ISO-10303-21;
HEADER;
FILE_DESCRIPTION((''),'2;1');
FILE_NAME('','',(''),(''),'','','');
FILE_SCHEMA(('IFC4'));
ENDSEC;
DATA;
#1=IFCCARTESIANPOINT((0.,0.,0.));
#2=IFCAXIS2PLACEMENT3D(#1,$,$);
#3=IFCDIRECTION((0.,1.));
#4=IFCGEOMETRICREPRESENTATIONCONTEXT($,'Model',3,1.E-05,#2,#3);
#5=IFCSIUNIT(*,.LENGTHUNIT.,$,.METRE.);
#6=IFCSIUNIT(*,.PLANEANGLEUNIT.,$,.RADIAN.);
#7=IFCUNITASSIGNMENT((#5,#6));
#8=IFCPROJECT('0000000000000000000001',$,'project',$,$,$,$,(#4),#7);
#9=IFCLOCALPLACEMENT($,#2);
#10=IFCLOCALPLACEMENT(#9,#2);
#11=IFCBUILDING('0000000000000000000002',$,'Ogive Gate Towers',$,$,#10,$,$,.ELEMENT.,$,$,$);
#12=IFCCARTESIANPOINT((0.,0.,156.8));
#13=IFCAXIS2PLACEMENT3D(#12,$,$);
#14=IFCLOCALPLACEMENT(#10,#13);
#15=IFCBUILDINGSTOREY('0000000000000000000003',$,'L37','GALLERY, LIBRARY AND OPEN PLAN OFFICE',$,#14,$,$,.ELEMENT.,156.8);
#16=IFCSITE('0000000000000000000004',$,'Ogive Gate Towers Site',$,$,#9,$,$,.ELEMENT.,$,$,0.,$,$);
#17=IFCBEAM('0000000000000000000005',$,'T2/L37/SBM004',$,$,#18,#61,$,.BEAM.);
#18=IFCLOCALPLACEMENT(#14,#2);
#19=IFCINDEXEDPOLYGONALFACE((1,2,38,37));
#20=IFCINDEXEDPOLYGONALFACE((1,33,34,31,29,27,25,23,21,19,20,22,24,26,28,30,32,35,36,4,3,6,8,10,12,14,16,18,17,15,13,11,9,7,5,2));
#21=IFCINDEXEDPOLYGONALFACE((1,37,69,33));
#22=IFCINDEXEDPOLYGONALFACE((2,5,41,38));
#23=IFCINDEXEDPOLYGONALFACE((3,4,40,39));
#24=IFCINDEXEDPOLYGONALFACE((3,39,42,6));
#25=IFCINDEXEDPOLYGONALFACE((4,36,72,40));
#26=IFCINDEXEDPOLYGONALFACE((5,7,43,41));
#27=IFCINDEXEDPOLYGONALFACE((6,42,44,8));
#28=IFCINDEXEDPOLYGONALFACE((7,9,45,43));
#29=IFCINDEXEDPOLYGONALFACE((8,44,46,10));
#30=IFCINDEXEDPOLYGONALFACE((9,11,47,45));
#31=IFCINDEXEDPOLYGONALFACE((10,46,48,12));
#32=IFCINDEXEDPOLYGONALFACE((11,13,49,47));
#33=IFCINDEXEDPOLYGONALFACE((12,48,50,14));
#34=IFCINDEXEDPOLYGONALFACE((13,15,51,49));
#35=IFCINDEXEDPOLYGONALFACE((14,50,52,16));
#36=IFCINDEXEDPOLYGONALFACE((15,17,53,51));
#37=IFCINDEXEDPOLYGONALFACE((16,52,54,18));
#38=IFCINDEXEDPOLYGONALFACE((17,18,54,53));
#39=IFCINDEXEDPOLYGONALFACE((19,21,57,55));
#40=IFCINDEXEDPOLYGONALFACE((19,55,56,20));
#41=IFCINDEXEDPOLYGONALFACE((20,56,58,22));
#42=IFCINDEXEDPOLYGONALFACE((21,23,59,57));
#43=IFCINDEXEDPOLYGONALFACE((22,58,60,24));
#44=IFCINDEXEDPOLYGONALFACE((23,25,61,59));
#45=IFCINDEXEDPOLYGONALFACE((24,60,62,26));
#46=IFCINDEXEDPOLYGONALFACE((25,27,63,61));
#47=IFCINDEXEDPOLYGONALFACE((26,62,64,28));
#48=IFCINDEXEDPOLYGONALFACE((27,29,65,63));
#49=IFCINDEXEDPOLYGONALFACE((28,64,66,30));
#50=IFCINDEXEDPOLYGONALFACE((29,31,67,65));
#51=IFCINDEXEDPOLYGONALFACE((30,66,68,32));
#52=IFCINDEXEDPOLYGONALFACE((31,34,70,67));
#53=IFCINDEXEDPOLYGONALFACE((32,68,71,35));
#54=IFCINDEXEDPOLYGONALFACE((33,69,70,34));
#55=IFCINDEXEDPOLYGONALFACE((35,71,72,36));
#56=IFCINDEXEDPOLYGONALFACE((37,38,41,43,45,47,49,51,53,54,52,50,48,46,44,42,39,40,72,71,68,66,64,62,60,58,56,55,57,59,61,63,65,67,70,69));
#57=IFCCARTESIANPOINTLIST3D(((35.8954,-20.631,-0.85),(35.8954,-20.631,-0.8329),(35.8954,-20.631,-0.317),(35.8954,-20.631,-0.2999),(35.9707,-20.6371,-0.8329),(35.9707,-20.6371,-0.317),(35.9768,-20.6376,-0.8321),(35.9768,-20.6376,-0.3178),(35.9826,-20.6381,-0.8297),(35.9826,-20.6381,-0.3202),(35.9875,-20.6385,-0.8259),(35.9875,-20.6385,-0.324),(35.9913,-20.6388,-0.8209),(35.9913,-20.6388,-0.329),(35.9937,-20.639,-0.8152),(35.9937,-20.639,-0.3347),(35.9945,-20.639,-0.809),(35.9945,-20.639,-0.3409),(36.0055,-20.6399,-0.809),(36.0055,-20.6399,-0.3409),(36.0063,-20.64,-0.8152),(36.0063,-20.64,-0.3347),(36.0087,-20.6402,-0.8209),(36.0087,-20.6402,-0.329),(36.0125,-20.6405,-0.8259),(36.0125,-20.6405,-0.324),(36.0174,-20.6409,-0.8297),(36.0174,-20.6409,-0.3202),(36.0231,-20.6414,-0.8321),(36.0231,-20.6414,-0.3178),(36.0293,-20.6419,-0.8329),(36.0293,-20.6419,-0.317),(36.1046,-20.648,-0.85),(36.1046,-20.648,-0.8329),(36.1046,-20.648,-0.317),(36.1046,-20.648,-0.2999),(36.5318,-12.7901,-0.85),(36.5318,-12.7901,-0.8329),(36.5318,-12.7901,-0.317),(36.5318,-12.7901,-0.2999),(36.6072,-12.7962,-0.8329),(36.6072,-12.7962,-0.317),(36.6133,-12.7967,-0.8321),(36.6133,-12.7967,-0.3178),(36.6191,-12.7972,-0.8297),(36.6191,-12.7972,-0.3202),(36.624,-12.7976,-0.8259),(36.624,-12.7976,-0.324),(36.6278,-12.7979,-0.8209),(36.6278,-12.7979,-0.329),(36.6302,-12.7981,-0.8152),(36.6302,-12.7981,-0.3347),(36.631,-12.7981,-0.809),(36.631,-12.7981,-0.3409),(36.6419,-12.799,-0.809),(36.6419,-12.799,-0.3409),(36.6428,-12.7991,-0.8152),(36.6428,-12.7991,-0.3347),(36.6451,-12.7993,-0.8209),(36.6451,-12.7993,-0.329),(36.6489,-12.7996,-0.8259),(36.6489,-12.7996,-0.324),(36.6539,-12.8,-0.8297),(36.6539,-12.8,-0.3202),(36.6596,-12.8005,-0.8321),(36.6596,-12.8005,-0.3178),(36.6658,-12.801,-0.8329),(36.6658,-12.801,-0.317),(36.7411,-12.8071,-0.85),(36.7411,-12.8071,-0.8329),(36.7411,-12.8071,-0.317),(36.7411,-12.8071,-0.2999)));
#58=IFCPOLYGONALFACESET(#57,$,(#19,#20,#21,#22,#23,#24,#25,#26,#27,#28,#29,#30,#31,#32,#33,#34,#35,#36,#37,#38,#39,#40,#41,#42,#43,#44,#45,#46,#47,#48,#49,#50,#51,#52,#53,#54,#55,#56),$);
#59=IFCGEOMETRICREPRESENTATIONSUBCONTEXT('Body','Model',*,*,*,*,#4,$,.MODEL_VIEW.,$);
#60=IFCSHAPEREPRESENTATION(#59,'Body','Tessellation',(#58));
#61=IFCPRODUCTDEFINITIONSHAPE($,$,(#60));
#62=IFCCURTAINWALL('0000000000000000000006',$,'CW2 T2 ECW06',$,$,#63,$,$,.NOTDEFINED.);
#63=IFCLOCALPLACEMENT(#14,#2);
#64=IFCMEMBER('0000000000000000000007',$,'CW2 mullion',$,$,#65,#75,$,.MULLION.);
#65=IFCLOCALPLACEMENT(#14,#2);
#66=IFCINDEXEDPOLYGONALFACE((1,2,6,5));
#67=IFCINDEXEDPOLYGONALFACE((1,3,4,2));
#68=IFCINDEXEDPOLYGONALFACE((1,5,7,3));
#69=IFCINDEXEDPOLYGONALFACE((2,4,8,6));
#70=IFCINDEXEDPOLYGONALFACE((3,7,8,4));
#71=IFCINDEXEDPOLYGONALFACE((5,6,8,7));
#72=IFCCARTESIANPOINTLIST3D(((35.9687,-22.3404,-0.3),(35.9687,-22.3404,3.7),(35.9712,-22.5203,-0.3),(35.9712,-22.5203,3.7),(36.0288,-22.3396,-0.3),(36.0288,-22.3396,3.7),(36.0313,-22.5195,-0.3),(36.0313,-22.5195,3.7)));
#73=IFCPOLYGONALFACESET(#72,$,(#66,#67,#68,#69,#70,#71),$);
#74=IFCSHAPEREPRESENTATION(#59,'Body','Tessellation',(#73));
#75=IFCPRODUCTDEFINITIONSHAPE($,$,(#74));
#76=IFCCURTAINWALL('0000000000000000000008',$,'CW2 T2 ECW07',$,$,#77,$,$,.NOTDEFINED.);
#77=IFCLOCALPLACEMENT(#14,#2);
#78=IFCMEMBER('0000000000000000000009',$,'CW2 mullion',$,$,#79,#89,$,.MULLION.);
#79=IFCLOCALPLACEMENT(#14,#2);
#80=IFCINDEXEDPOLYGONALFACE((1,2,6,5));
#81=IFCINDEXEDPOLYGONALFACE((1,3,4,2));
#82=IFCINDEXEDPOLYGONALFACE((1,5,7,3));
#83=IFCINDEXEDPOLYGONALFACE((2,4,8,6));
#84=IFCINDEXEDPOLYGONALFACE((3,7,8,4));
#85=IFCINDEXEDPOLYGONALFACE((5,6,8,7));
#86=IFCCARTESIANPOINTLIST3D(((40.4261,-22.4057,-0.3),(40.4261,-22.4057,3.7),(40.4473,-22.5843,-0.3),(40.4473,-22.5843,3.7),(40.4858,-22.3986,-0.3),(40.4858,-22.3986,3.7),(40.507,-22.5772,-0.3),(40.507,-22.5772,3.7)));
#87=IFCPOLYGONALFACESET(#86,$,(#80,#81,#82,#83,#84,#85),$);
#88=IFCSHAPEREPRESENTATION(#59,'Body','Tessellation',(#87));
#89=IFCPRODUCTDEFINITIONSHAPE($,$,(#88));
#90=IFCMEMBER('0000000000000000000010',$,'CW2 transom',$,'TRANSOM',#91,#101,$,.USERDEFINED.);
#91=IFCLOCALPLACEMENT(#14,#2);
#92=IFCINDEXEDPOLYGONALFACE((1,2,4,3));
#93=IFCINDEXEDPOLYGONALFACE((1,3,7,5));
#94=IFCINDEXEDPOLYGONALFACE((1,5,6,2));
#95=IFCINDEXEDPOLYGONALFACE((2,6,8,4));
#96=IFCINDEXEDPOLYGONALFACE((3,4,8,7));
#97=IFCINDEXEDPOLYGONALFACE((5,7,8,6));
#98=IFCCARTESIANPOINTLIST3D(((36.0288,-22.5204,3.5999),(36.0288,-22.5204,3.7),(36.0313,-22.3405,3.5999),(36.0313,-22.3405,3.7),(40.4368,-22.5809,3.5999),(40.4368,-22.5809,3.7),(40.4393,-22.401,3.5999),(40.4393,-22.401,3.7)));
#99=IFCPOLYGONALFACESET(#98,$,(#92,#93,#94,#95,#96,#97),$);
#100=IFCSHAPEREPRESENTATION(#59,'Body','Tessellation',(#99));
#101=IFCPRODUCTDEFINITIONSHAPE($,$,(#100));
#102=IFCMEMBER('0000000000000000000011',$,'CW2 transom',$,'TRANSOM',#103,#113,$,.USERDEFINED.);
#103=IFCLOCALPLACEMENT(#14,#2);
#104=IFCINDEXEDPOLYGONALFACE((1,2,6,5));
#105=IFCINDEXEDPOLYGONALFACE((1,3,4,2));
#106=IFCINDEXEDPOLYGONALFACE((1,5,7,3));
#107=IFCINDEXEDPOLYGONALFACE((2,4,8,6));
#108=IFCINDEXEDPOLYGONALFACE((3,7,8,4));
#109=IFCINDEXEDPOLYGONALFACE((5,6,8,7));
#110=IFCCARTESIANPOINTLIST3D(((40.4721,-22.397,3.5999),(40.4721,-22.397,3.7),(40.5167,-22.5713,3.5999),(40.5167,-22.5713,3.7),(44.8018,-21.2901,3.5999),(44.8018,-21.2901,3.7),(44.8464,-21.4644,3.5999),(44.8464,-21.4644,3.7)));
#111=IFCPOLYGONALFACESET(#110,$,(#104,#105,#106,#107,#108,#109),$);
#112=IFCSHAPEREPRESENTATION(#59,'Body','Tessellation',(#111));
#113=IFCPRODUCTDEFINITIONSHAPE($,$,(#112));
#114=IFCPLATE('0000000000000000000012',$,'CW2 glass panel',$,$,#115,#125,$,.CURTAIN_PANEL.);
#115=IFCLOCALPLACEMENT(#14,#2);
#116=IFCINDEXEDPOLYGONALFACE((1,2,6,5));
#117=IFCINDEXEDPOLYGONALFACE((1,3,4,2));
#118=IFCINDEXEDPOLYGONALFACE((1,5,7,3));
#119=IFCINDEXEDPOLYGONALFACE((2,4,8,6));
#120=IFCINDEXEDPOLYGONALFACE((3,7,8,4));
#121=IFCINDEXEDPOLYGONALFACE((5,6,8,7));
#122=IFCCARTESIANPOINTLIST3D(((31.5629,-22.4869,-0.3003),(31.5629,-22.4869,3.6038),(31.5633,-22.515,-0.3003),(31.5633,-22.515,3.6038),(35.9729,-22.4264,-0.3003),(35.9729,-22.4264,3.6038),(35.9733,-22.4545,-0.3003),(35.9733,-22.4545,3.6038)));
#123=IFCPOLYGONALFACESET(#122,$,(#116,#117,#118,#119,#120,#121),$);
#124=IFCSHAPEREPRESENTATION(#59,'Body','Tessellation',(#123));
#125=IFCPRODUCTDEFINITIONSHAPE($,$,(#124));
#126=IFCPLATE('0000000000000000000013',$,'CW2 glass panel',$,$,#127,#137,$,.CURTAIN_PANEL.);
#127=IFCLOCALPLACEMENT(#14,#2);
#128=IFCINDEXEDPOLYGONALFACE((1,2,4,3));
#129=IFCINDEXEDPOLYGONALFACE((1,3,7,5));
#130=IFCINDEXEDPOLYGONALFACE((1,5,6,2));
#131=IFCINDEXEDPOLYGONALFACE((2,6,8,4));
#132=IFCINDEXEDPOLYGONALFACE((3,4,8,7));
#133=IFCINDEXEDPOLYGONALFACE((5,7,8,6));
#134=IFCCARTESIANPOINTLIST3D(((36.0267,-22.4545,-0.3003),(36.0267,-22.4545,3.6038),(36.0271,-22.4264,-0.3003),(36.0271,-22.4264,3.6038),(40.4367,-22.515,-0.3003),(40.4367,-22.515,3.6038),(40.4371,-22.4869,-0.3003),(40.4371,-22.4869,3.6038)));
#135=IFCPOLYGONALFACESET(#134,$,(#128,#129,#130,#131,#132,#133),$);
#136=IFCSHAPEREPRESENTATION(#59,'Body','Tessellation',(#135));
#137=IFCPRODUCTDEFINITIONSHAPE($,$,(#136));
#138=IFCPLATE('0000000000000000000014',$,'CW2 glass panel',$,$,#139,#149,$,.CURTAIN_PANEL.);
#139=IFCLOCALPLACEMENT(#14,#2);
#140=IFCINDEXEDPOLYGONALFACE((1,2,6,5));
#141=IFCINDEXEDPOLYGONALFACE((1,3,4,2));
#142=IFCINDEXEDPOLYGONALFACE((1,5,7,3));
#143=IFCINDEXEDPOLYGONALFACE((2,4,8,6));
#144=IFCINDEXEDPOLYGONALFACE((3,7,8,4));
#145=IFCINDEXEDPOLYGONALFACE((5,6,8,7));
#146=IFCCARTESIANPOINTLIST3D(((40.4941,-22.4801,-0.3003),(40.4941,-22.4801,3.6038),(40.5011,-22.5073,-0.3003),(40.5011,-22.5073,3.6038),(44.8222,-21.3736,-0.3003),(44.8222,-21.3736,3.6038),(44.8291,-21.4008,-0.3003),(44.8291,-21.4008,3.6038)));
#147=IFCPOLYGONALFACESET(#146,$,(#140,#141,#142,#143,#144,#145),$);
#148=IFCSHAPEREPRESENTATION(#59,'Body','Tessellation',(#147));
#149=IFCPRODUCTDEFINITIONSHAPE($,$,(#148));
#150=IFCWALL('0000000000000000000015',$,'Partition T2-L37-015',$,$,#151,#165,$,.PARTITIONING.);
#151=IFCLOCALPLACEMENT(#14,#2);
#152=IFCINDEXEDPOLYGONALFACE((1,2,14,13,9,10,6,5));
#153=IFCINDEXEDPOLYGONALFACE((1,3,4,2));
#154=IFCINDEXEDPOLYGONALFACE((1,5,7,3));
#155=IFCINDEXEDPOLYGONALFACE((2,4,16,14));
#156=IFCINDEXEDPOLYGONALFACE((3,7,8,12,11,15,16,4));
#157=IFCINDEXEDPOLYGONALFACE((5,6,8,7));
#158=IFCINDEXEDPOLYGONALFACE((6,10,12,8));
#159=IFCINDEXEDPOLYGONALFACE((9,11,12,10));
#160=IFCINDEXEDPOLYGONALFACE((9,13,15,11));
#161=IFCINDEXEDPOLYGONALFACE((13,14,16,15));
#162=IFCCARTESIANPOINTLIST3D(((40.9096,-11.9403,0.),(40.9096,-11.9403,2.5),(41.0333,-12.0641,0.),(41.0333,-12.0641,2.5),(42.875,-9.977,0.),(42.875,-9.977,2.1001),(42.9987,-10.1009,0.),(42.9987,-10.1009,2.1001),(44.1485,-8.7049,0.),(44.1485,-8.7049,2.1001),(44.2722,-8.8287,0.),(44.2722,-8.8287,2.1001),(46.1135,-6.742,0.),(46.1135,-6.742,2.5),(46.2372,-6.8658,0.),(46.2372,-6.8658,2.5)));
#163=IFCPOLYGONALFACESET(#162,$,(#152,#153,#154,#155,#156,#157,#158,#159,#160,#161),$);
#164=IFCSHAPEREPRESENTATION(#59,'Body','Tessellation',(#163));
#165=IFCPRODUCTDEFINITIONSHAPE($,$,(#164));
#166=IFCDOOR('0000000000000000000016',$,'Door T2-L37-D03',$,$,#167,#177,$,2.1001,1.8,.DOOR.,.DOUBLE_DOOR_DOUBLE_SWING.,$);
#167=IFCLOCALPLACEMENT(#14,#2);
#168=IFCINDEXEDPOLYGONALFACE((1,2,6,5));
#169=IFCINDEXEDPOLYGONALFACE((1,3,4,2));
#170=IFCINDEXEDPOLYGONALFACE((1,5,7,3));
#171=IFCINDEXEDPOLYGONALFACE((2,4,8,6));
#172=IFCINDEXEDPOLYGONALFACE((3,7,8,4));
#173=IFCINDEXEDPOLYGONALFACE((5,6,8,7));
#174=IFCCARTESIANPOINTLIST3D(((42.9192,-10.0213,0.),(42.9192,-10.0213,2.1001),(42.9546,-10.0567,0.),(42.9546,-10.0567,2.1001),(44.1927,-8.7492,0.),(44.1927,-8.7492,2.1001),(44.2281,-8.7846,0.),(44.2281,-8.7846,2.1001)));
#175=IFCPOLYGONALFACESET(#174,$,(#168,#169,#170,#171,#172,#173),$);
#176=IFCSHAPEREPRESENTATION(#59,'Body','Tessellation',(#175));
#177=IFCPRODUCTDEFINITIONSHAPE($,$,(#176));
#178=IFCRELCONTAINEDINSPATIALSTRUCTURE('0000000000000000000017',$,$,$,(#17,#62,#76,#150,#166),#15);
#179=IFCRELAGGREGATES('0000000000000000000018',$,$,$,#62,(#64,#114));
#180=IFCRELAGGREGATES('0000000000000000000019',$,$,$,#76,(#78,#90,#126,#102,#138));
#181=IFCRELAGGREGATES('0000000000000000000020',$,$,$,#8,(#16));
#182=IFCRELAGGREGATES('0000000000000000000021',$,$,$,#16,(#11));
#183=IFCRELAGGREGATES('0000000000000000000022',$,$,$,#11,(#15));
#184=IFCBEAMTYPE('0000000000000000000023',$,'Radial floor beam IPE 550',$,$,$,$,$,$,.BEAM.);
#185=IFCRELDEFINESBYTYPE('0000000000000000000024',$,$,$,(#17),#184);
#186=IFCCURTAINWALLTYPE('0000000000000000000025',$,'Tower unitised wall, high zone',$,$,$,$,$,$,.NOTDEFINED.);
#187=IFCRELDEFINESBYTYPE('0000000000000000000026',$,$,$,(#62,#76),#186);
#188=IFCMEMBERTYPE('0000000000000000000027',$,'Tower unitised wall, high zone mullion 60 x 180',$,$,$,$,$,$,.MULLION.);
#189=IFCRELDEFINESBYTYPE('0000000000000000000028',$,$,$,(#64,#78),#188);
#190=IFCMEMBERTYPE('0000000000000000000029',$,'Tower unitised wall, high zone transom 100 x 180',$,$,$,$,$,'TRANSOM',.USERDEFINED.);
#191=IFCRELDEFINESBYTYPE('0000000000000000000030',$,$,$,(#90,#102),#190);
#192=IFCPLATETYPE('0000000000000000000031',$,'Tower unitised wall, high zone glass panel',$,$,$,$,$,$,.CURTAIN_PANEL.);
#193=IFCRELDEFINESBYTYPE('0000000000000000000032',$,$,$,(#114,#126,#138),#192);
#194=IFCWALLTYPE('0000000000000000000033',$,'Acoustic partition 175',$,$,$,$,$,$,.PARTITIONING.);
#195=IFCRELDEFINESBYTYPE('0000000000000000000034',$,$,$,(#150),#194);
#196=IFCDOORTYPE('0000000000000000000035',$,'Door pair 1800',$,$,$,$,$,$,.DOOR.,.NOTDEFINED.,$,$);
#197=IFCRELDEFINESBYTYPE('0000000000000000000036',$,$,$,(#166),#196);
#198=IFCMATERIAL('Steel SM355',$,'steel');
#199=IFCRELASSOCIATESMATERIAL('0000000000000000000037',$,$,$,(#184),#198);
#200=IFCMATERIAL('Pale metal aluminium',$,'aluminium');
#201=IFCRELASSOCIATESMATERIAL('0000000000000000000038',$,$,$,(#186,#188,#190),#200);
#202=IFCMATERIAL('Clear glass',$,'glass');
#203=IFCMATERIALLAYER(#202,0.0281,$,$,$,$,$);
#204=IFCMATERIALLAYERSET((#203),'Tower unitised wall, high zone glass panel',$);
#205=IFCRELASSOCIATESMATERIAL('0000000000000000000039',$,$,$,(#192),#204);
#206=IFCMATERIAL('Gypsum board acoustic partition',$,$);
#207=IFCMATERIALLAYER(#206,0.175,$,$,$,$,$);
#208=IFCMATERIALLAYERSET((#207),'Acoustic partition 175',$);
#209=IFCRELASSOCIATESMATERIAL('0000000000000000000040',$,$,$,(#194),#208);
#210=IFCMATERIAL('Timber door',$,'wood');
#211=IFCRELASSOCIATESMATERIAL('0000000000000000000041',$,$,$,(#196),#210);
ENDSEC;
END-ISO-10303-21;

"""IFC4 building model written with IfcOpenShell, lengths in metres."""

from ifc_helpers import new_model, si_unit, direction, frame, frame_2d, origin, origin_2d, place, context, subcontext, project, spatial, rectangle, i_section, extrude, material, layer, layer_set, material_profile, profile_set, type_object, element, fill, aggregate, save


model = new_model("IFC4")

# Units and contexts
model_context = context("Model", 3, precision=1e-05, world=origin(), true_north=direction((0.0, 1.0)))
body_context = subcontext(model_context, "Body", "Model", "MODEL_VIEW")
ifc_project = project(units=[si_unit("LENGTHUNIT", "METRE"), si_unit("PLANEANGLEUNIT", "RADIAN")], contexts=[model_context])

# Site, building, storey
site_placement = place(None, origin())
site = spatial("IfcSite", under=ifc_project, at=site_placement, Name="Ogive Gate Towers Site", CompositionType="ELEMENT", RefElevation=0.0)
building_placement = place(site_placement, origin())
building = spatial("IfcBuilding", under=site, at=building_placement, Name="Ogive Gate Towers", CompositionType="ELEMENT")
storey_placement = place(building_placement, frame((0.0, 0.0, 156.8)))
storey = spatial("IfcBuildingStorey", under=building, at=storey_placement, Name="L37", Description="GALLERY, LIBRARY AND OPEN PLAN OFFICE", CompositionType="ELEMENT", Elevation=156.8)

# Beam
ifc_material_1 = material(Name="Steel SM355", Category="steel")
ifc_material_profile_1 = material_profile(ifc_material_1, i_section(OverallWidth=0.21, OverallDepth=0.55, WebThickness=0.011, FlangeThickness=0.0171, FilletRadius=0.0239, at=origin_2d()), Name="IPE 550")
ifc_profile_set_1 = profile_set([ifc_material_profile_1], Name="Steel SM355")
beam_type = type_object("IfcBeamType", Name="Radial floor beam IPE 550", PredefinedType="BEAM", material=ifc_profile_set_1)
beam_placement = place(storey_placement, frame((36.6365, -12.7986, -0.575), z_axis=(-0.080908, -0.996722, 0.0), x_axis=(0.996722, -0.080908, 0.0)))
element("IfcBeam", 1, at=beam_placement, inside=storey, type_object=beam_type, Name="T2/L37/SBM004", PredefinedType="BEAM", context=body_context, shape_type="SweptSolid", body=[
    extrude(i_section(OverallWidth=0.21, OverallDepth=0.55, WebThickness=0.011, FlangeThickness=0.0171, FilletRadius=0.0239, at=origin_2d()), origin(), (0.0, 0.0, 1.0), 7.8667),
])

# Curtain wall, member
ifc_material_2 = material(Name="Pale metal aluminium", Category="aluminium")
curtain_wall_type = type_object("IfcCurtainWallType", Name="Tower unitised wall, high zone", PredefinedType="NOTDEFINED", material=ifc_material_2)
curtain_wall_1_placement = place(storey_placement, origin())
curtain_wall_1 = element("IfcCurtainWall", 2, at=curtain_wall_1_placement, inside=storey, type_object=curtain_wall_type, Name="CW2 T2 ECW06", PredefinedType="NOTDEFINED")
ifc_material_profile_2 = material_profile(ifc_material_2, rectangle(XDim=0.1799, YDim=0.0601, at=origin_2d()), Name="60 x 180 aluminium box")
ifc_profile_set_2 = profile_set([ifc_material_profile_2], Name="Pale metal aluminium")
member_type_1 = type_object("IfcMemberType", Name="Tower unitised wall, high zone mullion 60 x 180", PredefinedType="MULLION", material=ifc_profile_set_2)
member_1_placement = place(storey_placement, frame((36.0, -22.4299, -0.3), z_axis=(0.0, 0.0, 1.0), x_axis=(0.013718, -0.999906, 0.0)))
member_1 = element("IfcMember", 3, at=member_1_placement, type_object=member_type_1, Name="CW2 mullion", PredefinedType="MULLION", context=body_context, shape_type="SweptSolid", body=[
    extrude(rectangle(XDim=0.1799, YDim=0.0601, at=origin_2d()), origin(), (0.0, 0.0, 1.0), 4.0),
])

# Curtain wall, members
curtain_wall_2_placement = place(storey_placement, origin())
curtain_wall_2 = element("IfcCurtainWall", 4, at=curtain_wall_2_placement, inside=storey, type_object=curtain_wall_type, Name="CW2 T2 ECW07", PredefinedType="NOTDEFINED")
member_2_placement = place(storey_placement, frame((40.4666, -22.4915, -0.3), z_axis=(0.0, 0.0, 1.0), x_axis=(0.118005, -0.993013, 0.0)))
member_2 = element("IfcMember", 5, at=member_2_placement, type_object=member_type_1, Name="CW2 mullion", PredefinedType="MULLION", context=body_context, shape_type="SweptSolid", body=[
    extrude(rectangle(XDim=0.1799, YDim=0.0601, at=origin_2d()), origin(), (0.0, 0.0, 1.0), 4.0),
])
ifc_material_profile_3 = material_profile(ifc_material_2, rectangle(XDim=0.1799, YDim=0.1001, at=origin_2d()), Name="100 x 180 aluminium box")
ifc_profile_set_3 = profile_set([ifc_material_profile_3], Name="Pale metal aluminium")
member_type_2 = type_object("IfcMemberType", Name="Tower unitised wall, high zone transom 100 x 180", ElementType="TRANSOM", PredefinedType="USERDEFINED", material=ifc_profile_set_3)
member_3_placement = place(storey_placement, frame((36.03, -22.4304, 3.6499), z_axis=(0.999906, -0.013735, 0.0), x_axis=(0.013735, 0.999906, 0.0)))
member_3 = element("IfcMember", 6, at=member_3_placement, type_object=member_type_2, Name="CW2 transom", ObjectType="TRANSOM", PredefinedType="USERDEFINED", context=body_context, shape_type="SweptSolid", body=[
    extrude(rectangle(XDim=0.1799, YDim=0.1001, at=origin_2d()), origin(), (0.0, 0.0, 1.0), 4.4084),
])
member_4_placement = place(storey_placement, frame((40.4944, -22.4841, 3.6499), z_axis=(0.96884, 0.247687, 0.0), x_axis=(-0.247687, 0.96884, 0.0)))
member_4 = element("IfcMember", 7, at=member_4_placement, type_object=member_type_2, Name="CW2 transom", ObjectType="TRANSOM", PredefinedType="USERDEFINED", context=body_context, shape_type="SweptSolid", body=[
    extrude(rectangle(XDim=0.1799, YDim=0.1001, at=origin_2d()), origin(), (0.0, 0.0, 1.0), 4.469),
])

# Plates
ifc_material_3 = material(Name="Clear glass", Category="glass")
ifc_layer_1 = layer(ifc_material_3, 0.0281)
ifc_layer_set_1 = layer_set([ifc_layer_1], Name="Tower unitised wall, high zone glass panel")
plate_type = type_object("IfcPlateType", Name="Tower unitised wall, high zone glass panel", PredefinedType="CURTAIN_PANEL", material=ifc_layer_set_1)
plate_1_placement = place(storey_placement, frame((33.7681, -22.4707, -0.3003), z_axis=(0.0, 0.0, 1.0), x_axis=(0.999906, 0.013718, 0.0)))
plate_1 = element("IfcPlate", 8, at=plate_1_placement, type_object=plate_type, Name="CW2 glass panel", PredefinedType="CURTAIN_PANEL", context=body_context, shape_type="SweptSolid", body=[
    extrude(rectangle(XDim=4.4104, YDim=0.0281, at=origin_2d()), origin(), (0.0, 0.0, 1.0), 3.9041),
])
aggregate(curtain_wall_1, [member_1, plate_1])
plate_2_placement = place(storey_placement, frame((38.2319, -22.4707, -0.3003), z_axis=(0.0, 0.0, 1.0), x_axis=(0.999906, -0.013718, 0.0)))
plate_2 = element("IfcPlate", 9, at=plate_2_placement, type_object=plate_type, Name="CW2 glass panel", PredefinedType="CURTAIN_PANEL", context=body_context, shape_type="SweptSolid", body=[
    extrude(rectangle(XDim=4.4104, YDim=0.0281, at=origin_2d()), origin(), (0.0, 0.0, 1.0), 3.9041),
])
plate_3_placement = place(storey_placement, frame((42.6616, -21.9404, -0.3003), z_axis=(0.0, 0.0, 1.0), x_axis=(0.968839, 0.247692, 0.0)))
plate_3 = element("IfcPlate", 10, at=plate_3_placement, type_object=plate_type, Name="CW2 glass panel", PredefinedType="CURTAIN_PANEL", context=body_context, shape_type="SweptSolid", body=[
    extrude(rectangle(XDim=4.4673, YDim=0.0281, at=origin_2d()), origin(), (0.0, 0.0, 1.0), 3.9041),
])
aggregate(curtain_wall_2, [member_2, member_3, plate_2, member_4, plate_3])

# Wall, opening, door
ifc_material_4 = material(Name="Gypsum board acoustic partition")
ifc_layer_2 = layer(ifc_material_4, 0.175)
ifc_layer_set_2 = layer_set([ifc_layer_2], Name="Acoustic partition 175")
wall_type_1 = type_object("IfcWallType", Name="Acoustic partition 175", PredefinedType="PARTITIONING", material=ifc_layer_set_2)
wall_1_placement = place(storey_placement, frame((40.9714, -12.0022, 0.0), z_axis=(0.0, 0.0, 1.0), x_axis=(0.707488, 0.706725, 0.0)))
wall_1 = element("IfcWall", 11, at=wall_1_placement, inside=storey, type_object=wall_type_1, Name="Partition T2-L37-015", PredefinedType="PARTITIONING", context=body_context, shape_type="SweptSolid", body=[
    extrude(rectangle(XDim=7.3555, YDim=0.175, at=frame_2d((3.6777, 0.0))), origin(), (0.0, 0.0, 1.0), 2.5),
])
opening_1_placement = place(wall_1_placement, frame((2.7781, 0.0, 0.0)))
opening_1 = element("IfcOpeningElement", 12, at=opening_1_placement, cuts=wall_1, PredefinedType="OPENING", context=body_context, shape_type="SweptSolid", body=[
    extrude(rectangle(XDim=1.8, YDim=2.1001, at=frame_2d((0.8999, 1.05))), frame((0.0, 0.0977, 0.0), z_axis=(0.0, -1.0, 0.0), x_axis=(1.0, 0.0, 0.0)), (0.0, 0.0, 1.0), 0.1951),
])
ifc_material_5 = material(Name="Timber door", Category="wood")
door_type_1 = type_object("IfcDoorType", Name="Door pair 1800", OperationType="NOTDEFINED", PredefinedType="DOOR", material=ifc_material_5)
door_1_placement = place(opening_1_placement, origin())
door_1 = element("IfcDoor", 13, at=door_1_placement, inside=storey, type_object=door_type_1, Name="Door T2-L37-D03", OperationType="DOUBLE_DOOR_DOUBLE_SWING", OverallHeight=2.1001, OverallWidth=1.8, PredefinedType="DOOR", context=body_context, shape_type="SweptSolid", body=[
    extrude(rectangle(XDim=1.8, YDim=2.1001, at=frame_2d((0.8999, 1.05))), frame((0.0, 0.0249, 0.0), z_axis=(0.0, -1.0, 0.0), x_axis=(1.0, 0.0, 0.0)), (0.0, 0.0, 1.0), 0.05),
])
fill(opening_1, door_1)

save(model, "model.ifc")
